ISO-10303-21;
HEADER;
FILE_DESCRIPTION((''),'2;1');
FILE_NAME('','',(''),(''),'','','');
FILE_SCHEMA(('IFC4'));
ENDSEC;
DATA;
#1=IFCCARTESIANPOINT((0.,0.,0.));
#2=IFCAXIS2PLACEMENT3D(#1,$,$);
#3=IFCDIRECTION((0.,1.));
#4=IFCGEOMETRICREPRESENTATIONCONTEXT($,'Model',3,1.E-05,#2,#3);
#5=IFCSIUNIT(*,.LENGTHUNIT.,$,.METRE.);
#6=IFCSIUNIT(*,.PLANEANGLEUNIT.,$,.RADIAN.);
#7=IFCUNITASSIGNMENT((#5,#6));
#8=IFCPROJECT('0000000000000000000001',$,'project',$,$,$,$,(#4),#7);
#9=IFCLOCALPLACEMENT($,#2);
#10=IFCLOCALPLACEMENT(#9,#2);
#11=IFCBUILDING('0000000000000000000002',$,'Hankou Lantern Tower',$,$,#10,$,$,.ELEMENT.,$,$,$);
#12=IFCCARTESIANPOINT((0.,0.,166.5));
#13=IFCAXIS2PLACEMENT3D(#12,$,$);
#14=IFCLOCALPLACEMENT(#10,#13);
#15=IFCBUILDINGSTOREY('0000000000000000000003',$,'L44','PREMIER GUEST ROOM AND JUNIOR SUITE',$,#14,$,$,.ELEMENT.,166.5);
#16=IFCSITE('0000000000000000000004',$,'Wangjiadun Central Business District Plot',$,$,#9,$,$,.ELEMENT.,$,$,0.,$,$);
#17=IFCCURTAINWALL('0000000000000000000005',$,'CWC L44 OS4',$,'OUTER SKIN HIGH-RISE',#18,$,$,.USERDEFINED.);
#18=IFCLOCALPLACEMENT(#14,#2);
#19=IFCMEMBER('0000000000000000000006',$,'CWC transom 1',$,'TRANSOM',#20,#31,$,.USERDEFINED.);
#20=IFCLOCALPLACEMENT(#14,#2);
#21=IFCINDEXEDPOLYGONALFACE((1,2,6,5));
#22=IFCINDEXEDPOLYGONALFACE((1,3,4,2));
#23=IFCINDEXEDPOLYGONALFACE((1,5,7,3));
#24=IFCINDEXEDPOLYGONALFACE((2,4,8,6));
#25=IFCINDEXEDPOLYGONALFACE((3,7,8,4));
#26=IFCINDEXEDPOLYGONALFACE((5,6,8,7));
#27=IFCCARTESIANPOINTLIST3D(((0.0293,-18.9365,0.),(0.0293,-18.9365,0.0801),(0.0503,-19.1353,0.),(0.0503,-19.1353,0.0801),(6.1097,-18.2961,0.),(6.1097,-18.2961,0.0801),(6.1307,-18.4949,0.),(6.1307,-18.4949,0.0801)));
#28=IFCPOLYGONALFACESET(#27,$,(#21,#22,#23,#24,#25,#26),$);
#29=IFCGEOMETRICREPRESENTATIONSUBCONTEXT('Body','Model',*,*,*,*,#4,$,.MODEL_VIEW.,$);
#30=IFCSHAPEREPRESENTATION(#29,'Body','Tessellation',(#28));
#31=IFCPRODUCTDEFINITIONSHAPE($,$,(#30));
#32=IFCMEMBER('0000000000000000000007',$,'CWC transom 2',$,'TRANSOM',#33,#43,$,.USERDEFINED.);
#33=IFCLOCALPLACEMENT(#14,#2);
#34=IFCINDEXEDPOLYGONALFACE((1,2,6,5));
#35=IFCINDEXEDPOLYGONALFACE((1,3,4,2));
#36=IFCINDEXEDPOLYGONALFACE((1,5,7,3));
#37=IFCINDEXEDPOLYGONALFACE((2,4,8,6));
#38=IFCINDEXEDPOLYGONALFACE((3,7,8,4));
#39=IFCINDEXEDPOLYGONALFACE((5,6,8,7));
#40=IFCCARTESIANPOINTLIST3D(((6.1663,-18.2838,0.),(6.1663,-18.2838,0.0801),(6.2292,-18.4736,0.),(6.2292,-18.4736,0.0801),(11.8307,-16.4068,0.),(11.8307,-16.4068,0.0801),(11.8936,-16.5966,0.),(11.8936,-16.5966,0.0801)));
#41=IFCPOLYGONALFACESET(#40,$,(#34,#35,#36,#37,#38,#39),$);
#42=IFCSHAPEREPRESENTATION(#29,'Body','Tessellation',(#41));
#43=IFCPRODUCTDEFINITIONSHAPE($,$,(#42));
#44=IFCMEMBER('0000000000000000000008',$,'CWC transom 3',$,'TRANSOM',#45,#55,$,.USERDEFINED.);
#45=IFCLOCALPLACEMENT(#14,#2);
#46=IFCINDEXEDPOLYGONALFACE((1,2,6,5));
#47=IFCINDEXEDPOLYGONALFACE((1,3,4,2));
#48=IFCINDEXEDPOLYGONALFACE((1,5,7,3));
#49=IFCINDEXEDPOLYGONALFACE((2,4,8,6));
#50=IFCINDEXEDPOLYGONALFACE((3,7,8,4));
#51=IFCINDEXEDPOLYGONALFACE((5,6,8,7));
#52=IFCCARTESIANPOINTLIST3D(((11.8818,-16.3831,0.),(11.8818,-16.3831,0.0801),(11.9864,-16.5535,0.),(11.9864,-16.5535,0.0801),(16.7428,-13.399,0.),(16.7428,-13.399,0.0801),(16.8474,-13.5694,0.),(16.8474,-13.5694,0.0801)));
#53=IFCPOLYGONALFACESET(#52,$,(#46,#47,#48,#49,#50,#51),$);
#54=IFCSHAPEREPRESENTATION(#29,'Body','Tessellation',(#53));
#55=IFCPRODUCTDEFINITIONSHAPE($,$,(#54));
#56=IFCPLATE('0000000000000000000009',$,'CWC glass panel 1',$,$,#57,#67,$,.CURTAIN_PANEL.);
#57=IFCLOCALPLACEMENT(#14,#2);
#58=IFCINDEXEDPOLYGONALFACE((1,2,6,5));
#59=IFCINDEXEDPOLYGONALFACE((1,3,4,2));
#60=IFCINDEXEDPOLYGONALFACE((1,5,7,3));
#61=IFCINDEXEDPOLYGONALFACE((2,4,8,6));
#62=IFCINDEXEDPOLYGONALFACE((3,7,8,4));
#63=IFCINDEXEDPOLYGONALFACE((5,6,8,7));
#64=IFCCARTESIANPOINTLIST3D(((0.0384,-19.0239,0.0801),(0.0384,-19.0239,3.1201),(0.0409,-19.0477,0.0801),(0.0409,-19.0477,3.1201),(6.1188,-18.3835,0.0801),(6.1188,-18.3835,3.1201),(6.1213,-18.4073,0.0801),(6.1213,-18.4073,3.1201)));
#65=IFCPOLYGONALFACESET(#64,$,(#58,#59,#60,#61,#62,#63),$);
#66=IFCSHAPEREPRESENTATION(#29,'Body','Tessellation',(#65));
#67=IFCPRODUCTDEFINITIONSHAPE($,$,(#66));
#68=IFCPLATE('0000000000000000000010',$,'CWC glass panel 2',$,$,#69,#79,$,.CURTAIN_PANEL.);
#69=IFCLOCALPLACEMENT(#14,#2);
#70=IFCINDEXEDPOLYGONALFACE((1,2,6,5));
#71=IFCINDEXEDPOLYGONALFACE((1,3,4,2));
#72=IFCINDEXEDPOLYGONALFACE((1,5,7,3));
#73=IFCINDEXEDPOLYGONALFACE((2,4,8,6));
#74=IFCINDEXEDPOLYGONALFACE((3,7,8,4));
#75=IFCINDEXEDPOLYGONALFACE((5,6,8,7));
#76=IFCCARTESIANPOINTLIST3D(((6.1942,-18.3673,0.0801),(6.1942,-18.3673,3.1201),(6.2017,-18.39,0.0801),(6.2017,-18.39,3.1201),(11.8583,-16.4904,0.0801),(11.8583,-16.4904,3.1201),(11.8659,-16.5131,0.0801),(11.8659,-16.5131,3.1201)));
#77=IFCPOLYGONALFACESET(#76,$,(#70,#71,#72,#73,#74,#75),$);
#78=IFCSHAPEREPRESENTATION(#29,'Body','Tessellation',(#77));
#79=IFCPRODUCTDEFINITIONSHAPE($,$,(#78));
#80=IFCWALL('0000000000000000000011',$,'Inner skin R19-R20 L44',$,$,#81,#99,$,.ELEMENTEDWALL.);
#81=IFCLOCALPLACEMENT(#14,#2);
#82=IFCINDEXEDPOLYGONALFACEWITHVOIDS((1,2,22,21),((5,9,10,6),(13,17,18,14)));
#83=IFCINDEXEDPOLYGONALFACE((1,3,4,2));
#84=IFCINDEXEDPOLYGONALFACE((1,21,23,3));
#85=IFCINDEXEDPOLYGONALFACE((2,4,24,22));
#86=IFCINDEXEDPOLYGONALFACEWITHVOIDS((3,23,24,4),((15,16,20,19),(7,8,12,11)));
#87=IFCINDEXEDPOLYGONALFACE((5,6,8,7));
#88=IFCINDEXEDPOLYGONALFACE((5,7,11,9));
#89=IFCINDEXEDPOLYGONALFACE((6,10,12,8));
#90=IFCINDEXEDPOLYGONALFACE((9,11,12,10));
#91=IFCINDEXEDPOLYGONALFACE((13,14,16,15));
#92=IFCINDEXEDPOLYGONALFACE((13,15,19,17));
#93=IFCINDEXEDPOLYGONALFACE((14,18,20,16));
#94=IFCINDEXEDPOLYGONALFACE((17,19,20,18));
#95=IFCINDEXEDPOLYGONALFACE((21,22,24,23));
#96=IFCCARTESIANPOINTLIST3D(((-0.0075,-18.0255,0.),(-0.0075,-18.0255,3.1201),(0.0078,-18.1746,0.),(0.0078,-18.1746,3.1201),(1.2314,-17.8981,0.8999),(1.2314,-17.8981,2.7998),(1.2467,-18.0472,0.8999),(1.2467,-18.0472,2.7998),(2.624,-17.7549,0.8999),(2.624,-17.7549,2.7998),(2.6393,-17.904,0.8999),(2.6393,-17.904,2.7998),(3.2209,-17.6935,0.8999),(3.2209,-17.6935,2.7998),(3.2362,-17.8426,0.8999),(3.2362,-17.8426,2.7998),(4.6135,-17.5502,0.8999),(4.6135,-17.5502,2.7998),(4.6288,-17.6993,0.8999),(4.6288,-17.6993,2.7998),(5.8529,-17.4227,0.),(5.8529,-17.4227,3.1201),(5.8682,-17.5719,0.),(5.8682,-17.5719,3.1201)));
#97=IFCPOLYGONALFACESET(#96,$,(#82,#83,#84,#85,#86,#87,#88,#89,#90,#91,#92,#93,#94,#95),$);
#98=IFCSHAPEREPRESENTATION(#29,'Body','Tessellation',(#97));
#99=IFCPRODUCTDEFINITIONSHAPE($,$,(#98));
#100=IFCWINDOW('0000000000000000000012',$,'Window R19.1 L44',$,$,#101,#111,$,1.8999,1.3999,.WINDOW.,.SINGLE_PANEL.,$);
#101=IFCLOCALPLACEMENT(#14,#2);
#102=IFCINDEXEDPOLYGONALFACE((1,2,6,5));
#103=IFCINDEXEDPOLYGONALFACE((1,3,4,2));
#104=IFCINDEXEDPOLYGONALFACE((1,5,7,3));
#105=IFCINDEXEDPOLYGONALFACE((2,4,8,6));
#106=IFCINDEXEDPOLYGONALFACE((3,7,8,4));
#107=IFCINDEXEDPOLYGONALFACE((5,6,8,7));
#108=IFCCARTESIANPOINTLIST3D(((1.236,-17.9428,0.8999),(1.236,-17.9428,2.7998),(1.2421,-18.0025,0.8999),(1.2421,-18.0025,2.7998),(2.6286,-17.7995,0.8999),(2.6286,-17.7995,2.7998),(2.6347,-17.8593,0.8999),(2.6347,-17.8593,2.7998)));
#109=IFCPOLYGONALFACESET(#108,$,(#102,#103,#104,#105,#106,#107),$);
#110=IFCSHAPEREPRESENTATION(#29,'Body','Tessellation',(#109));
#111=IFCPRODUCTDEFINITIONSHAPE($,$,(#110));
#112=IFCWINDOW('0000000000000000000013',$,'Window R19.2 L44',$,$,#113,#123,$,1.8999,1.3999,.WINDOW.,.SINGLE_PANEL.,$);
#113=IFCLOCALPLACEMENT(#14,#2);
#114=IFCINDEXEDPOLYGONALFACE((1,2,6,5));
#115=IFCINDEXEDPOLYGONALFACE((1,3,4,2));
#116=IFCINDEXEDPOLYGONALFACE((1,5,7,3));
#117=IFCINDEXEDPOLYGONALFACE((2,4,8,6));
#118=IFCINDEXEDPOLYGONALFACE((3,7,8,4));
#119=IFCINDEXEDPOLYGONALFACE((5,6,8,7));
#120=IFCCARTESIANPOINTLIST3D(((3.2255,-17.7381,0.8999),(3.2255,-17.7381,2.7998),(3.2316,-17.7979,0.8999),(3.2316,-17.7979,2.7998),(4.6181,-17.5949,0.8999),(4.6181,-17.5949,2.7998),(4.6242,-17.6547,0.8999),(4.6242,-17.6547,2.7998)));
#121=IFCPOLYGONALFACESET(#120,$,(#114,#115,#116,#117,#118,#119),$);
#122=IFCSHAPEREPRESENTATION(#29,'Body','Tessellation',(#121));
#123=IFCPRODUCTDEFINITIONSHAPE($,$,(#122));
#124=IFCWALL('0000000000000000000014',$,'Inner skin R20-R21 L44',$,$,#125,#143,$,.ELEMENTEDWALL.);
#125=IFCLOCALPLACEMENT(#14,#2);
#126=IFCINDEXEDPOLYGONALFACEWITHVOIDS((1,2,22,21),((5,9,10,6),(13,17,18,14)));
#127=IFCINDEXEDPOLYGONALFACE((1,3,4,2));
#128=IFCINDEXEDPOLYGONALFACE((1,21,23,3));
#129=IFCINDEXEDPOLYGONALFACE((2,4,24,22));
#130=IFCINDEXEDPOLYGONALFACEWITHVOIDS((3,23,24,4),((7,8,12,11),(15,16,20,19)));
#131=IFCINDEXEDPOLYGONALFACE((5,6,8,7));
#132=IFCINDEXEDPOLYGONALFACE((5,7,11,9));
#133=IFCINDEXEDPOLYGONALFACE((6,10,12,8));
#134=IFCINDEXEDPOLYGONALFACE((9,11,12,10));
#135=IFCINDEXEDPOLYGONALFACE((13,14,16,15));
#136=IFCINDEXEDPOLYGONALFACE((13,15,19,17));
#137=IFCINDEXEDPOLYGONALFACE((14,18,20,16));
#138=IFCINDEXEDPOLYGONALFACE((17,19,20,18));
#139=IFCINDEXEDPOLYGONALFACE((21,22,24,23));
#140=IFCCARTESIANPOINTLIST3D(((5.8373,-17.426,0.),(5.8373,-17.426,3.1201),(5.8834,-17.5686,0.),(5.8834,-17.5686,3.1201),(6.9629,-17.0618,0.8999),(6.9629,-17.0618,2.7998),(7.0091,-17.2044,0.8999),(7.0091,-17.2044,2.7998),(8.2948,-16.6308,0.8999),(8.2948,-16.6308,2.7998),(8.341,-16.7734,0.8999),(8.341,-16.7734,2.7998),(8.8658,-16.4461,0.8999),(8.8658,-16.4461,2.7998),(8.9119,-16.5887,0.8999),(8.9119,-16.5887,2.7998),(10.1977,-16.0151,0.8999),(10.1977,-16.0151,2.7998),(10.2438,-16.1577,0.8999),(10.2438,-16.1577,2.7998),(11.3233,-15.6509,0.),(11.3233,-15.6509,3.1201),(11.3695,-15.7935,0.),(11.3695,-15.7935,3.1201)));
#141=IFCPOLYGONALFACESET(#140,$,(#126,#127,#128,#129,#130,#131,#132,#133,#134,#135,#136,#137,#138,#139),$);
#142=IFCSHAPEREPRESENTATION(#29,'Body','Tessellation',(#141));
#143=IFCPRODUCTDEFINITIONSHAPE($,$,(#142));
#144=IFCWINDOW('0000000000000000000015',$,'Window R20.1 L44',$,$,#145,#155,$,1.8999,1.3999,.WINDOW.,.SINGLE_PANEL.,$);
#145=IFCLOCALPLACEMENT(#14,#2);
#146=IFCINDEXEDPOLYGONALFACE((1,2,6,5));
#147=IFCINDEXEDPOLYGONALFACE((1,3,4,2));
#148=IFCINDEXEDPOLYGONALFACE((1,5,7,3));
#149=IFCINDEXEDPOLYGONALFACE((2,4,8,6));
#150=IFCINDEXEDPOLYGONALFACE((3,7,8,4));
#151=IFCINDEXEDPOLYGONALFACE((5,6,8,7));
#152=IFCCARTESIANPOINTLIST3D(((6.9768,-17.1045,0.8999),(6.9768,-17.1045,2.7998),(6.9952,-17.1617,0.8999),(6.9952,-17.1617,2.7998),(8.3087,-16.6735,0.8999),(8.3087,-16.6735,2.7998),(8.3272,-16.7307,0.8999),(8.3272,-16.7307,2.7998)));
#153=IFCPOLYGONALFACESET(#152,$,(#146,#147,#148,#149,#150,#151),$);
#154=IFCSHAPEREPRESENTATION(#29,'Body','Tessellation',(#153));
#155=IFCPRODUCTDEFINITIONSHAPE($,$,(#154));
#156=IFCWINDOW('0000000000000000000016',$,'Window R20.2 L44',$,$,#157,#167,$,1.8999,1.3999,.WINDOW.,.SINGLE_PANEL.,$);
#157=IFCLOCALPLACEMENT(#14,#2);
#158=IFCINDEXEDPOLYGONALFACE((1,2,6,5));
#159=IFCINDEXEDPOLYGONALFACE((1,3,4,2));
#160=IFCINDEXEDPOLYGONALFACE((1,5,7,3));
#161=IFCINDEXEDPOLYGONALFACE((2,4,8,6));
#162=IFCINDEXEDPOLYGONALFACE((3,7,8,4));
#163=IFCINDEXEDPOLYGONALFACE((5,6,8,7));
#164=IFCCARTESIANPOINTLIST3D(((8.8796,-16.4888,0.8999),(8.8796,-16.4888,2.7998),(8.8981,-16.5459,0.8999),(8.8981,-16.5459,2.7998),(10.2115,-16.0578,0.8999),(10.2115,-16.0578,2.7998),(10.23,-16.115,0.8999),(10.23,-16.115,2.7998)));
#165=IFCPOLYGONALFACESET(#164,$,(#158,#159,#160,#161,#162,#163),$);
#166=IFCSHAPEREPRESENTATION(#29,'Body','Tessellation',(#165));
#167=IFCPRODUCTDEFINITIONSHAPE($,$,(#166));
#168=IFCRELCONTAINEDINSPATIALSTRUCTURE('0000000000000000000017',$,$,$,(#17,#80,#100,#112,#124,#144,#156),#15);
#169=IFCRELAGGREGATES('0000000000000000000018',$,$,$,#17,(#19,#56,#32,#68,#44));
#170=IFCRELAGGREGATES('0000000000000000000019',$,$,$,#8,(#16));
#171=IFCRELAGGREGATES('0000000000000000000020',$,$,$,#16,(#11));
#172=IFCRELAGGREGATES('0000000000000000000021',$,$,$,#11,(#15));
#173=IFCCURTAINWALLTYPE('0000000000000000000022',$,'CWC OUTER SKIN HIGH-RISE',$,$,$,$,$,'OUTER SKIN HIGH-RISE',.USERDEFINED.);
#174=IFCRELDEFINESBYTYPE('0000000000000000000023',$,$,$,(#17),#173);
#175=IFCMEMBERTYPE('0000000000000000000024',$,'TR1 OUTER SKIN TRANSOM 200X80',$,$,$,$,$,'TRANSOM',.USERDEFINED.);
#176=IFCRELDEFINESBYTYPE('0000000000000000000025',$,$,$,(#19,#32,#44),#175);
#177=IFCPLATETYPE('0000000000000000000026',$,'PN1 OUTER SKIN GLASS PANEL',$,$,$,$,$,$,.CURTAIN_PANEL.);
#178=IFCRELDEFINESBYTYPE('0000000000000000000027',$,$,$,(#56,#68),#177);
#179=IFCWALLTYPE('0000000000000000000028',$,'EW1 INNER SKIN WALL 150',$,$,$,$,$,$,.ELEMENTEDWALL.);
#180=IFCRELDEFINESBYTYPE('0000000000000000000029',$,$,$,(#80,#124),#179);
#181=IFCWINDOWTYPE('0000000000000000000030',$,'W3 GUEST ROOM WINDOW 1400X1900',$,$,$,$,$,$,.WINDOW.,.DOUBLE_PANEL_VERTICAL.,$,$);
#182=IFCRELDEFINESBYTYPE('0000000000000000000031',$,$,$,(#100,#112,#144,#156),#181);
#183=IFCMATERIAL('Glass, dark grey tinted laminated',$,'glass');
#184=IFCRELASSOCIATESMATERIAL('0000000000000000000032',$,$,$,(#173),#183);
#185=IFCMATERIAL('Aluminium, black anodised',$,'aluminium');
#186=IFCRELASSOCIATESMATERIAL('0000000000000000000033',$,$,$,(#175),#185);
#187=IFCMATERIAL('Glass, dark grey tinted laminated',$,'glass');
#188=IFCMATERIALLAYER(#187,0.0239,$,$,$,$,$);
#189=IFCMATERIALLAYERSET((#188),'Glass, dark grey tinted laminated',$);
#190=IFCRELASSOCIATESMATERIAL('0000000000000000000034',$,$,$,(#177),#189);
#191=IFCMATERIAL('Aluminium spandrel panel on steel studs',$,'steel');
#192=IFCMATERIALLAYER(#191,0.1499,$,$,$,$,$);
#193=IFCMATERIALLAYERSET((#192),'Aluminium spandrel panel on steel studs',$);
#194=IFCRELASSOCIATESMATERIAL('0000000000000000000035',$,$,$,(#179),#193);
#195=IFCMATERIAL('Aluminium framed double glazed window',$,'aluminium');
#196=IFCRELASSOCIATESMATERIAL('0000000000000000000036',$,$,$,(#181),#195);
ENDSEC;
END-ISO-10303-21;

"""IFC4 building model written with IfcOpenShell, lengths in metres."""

from ifc_helpers import new_model, si_unit, direction, frame, frame_2d, origin, origin_2d, place, context, subcontext, project, spatial, rectangle, extrude, material, layer, layer_set, material_profile, profile_set, type_object, element, fill, aggregate, save


model = new_model("IFC4")

# Units and contexts
model_context = context("Model", 3, precision=1e-05, world=origin(), true_north=direction((0.0, 1.0)))
body_context = subcontext(model_context, "Body", "Model", "MODEL_VIEW")
ifc_project = project(units=[si_unit("LENGTHUNIT", "METRE"), si_unit("PLANEANGLEUNIT", "RADIAN")], contexts=[model_context])

# Site, building, storey
site_placement = place(None, origin())
site = spatial("IfcSite", under=ifc_project, at=site_placement, Name="Wangjiadun Central Business District Plot", CompositionType="ELEMENT", RefElevation=0.0)
building_placement = place(site_placement, origin())
building = spatial("IfcBuilding", under=site, at=building_placement, Name="Hankou Lantern Tower", CompositionType="ELEMENT")
storey_placement = place(building_placement, frame((0.0, 0.0, 166.5)))
storey = spatial("IfcBuildingStorey", under=building, at=storey_placement, Name="L44", Description="PREMIER GUEST ROOM AND JUNIOR SUITE", CompositionType="ELEMENT", Elevation=166.5)

# Curtain wall
ifc_material_1 = material(Name="Glass, dark grey tinted laminated", Category="glass")
curtain_wall_type = type_object("IfcCurtainWallType", Name="CWC OUTER SKIN HIGH-RISE", ElementType="OUTER SKIN HIGH-RISE", PredefinedType="USERDEFINED", material=ifc_material_1)
curtain_wall_placement = place(storey_placement, origin())
curtain_wall = element("IfcCurtainWall", 1, at=curtain_wall_placement, inside=storey, type_object=curtain_wall_type, Name="CWC L44 OS4", ObjectType="OUTER SKIN HIGH-RISE", PredefinedType="USERDEFINED")

# Members
ifc_material_2 = material(Name="Aluminium, black anodised", Category="aluminium")
ifc_material_profile_1 = material_profile(ifc_material_2, rectangle(XDim=0.2, YDim=0.0801, at=origin_2d()), Name="TR1 200X80")
ifc_profile_set_1 = profile_set([ifc_material_profile_1], Name="Aluminium, black anodised")
member_type_1 = type_object("IfcMemberType", Name="TR1 OUTER SKIN TRANSOM 200X80", ElementType="TRANSOM", PredefinedType="USERDEFINED", material=ifc_profile_set_1)
member_1_placement = place(storey_placement, frame((0.0398, -19.0359, 0.04), z_axis=(0.9945, 0.104741, 0.0), x_axis=(-0.104741, 0.9945, 0.0)))
member_1 = element("IfcMember", 2, at=member_1_placement, type_object=member_type_1, Name="CWC transom 1", ObjectType="TRANSOM", PredefinedType="USERDEFINED", context=body_context, shape_type="SweptSolid", body=[
    extrude(rectangle(XDim=0.2, YDim=0.0801, at=origin_2d()), origin(), (0.0, 0.0, 1.0), 6.114),
])
member_2_placement = place(storey_placement, frame((6.1978, -18.3787, 0.04), z_axis=(0.949242, 0.314546, 0.0), x_axis=(-0.314546, 0.949242, 0.0)))
member_2 = element("IfcMember", 3, at=member_2_placement, type_object=member_type_1, Name="CWC transom 2", ObjectType="TRANSOM", PredefinedType="USERDEFINED", context=body_context, shape_type="SweptSolid", body=[
    extrude(rectangle(XDim=0.2, YDim=0.0801, at=origin_2d()), origin(), (0.0, 0.0, 1.0), 5.9673),
])
member_3_placement = place(storey_placement, frame((11.9341, -16.4683, 0.04), z_axis=(0.852229, 0.523168, 0.0), x_axis=(-0.523168, 0.852229, 0.0)))
member_3 = element("IfcMember", 4, at=member_3_placement, type_object=member_type_1, Name="CWC transom 3", ObjectType="TRANSOM", PredefinedType="USERDEFINED", context=body_context, shape_type="SweptSolid", body=[
    extrude(rectangle(XDim=0.2, YDim=0.0801, at=origin_2d()), origin(), (0.0, 0.0, 1.0), 5.7039),
])

# Plates
ifc_material_3 = material(Name="Glass, dark grey tinted laminated", Category="glass")
ifc_layer_1 = layer(ifc_material_3, 0.0239)
ifc_layer_set_1 = layer_set([ifc_layer_1], Name="Glass, dark grey tinted laminated")
plate_type = type_object("IfcPlateType", Name="PN1 OUTER SKIN GLASS PANEL", PredefinedType="CURTAIN_PANEL", material=ifc_layer_set_1)
plate_1_placement = place(storey_placement, frame((3.0798, -18.7156, 0.0801), z_axis=(0.0, 0.0, 1.0), x_axis=(0.994499, 0.104743, 0.0)))
plate_1 = element("IfcPlate", 5, at=plate_1_placement, type_object=plate_type, Name="CWC glass panel 1", PredefinedType="CURTAIN_PANEL", context=body_context, shape_type="SweptSolid", body=[
    extrude(rectangle(XDim=6.114, YDim=0.0239, at=origin_2d()), origin(), (0.0, 0.0, 1.0), 3.04),
])
plate_2_placement = place(storey_placement, frame((9.03, -17.4402, 0.0801), z_axis=(0.0, 0.0, 1.0), x_axis=(0.949241, 0.314551, 0.0)))
plate_2 = element("IfcPlate", 6, at=plate_2_placement, type_object=plate_type, Name="CWC glass panel 2", PredefinedType="CURTAIN_PANEL", context=body_context, shape_type="SweptSolid", body=[
    extrude(rectangle(XDim=5.967, YDim=0.0239, at=origin_2d()), origin(), (0.0, 0.0, 1.0), 3.04),
])
aggregate(curtain_wall, [member_1, plate_1, member_2, plate_2, member_3])

# Walls, openings, windows
ifc_material_4 = material(Name="Aluminium spandrel panel on steel studs", Category="steel")
ifc_layer_2 = layer(ifc_material_4, 0.1499)
ifc_layer_set_2 = layer_set([ifc_layer_2], Name="Aluminium spandrel panel on steel studs")
wall_type_1 = type_object("IfcWallType", Name="EW1 INNER SKIN WALL 150", PredefinedType="ELEMENTEDWALL", material=ifc_layer_set_2)
wall_1_placement = place(storey_placement, frame((0.0, -18.1001, 0.0), z_axis=(0.0, 0.0, 1.0), x_axis=(0.994752, 0.102318, 0.0)))
wall_1 = element("IfcWall", 7, at=wall_1_placement, inside=storey, type_object=wall_type_1, Name="Inner skin R19-R20 L44", PredefinedType="ELEMENTEDWALL", context=body_context, shape_type="SweptSolid", body=[
    extrude(rectangle(XDim=5.8914, YDim=0.1499, at=frame_2d((2.9458, 0.0))), origin(), (0.0, 0.0, 1.0), 3.1201),
])
opening_1_placement = place(wall_1_placement, frame((1.2456, 0.0, 0.8999)))
opening_1 = element("IfcOpeningElement", 8, at=opening_1_placement, cuts=wall_1, PredefinedType="OPENING", context=body_context, shape_type="SweptSolid", body=[
    extrude(rectangle(XDim=1.3999, YDim=1.8999, at=frame_2d((0.7, 0.95))), frame((0.0, 0.085, 0.0), z_axis=(0.0, -1.0, 0.0), x_axis=(1.0, 0.0, 0.0)), (0.0, 0.0, 1.0), 0.1699),
])
opening_2_placement = place(wall_1_placement, frame((3.2456, 0.0, 0.8999)))
opening_2 = element("IfcOpeningElement", 9, at=opening_2_placement, cuts=wall_1, PredefinedType="OPENING", context=body_context, shape_type="SweptSolid", body=[
    extrude(rectangle(XDim=1.3999, YDim=1.8999, at=frame_2d((0.7, 0.95))), frame((0.0, 0.085, 0.0), z_axis=(0.0, -1.0, 0.0), x_axis=(1.0, 0.0, 0.0)), (0.0, 0.0, 1.0), 0.1699),
])
ifc_material_5 = material(Name="Aluminium framed double glazed window", Category="aluminium")
window_type = type_object("IfcWindowType", Name="W3 GUEST ROOM WINDOW 1400X1900", PartitioningType="DOUBLE_PANEL_VERTICAL", PredefinedType="WINDOW", material=ifc_material_5)
window_1_placement = place(opening_1_placement, origin())
window_1 = element("IfcWindow", 10, at=window_1_placement, inside=storey, type_object=window_type, Name="Window R19.1 L44", OverallHeight=1.8999, OverallWidth=1.3999, PartitioningType="SINGLE_PANEL", PredefinedType="WINDOW", context=body_context, shape_type="SweptSolid", body=[
    extrude(rectangle(XDim=1.3999, YDim=1.8999, at=frame_2d((0.7, 0.95))), frame((0.0, 0.03, 0.0), z_axis=(0.0, -1.0, 0.0), x_axis=(1.0, 0.0, 0.0)), (0.0, 0.0, 1.0), 0.0601),
])
fill(opening_1, window_1)
window_2_placement = place(opening_2_placement, origin())
window_2 = element("IfcWindow", 11, at=window_2_placement, inside=storey, type_object=window_type, Name="Window R19.2 L44", OverallHeight=1.8999, OverallWidth=1.3999, PartitioningType="SINGLE_PANEL", PredefinedType="WINDOW", context=body_context, shape_type="SweptSolid", body=[
    extrude(rectangle(XDim=1.3999, YDim=1.8999, at=frame_2d((0.7, 0.95))), frame((0.0, 0.03, 0.0), z_axis=(0.0, -1.0, 0.0), x_axis=(1.0, 0.0, 0.0)), (0.0, 0.0, 1.0), 0.0601),
])
fill(opening_2, window_2)
wall_2_placement = place(storey_placement, frame((5.8604, -17.4973, 0.0), z_axis=(0.0, 0.0, 1.0), x_axis=(0.951432, 0.307857, 0.0)))
wall_2 = element("IfcWall", 12, at=wall_2_placement, inside=storey, type_object=wall_type_1, Name="Inner skin R20-R21 L44", PredefinedType="ELEMENTEDWALL", context=body_context, shape_type="SweptSolid", body=[
    extrude(rectangle(XDim=5.7661, YDim=0.1499, at=frame_2d((2.8831, 0.0))), origin(), (0.0, 0.0, 1.0), 3.1201),
])
opening_3_placement = place(wall_2_placement, frame((1.1831, 0.0, 0.8999)))
opening_3 = element("IfcOpeningElement", 13, at=opening_3_placement, cuts=wall_2, PredefinedType="OPENING", context=body_context, shape_type="SweptSolid", body=[
    extrude(rectangle(XDim=1.3999, YDim=1.8999, at=frame_2d((0.7, 0.95))), frame((0.0, 0.085, 0.0), z_axis=(0.0, -1.0, 0.0), x_axis=(1.0, 0.0, 0.0)), (0.0, 0.0, 1.0), 0.1699),
])
opening_4_placement = place(wall_2_placement, frame((3.1831, 0.0, 0.8999)))
opening_4 = element("IfcOpeningElement", 14, at=opening_4_placement, cuts=wall_2, PredefinedType="OPENING", context=body_context, shape_type="SweptSolid", body=[
    extrude(rectangle(XDim=1.3999, YDim=1.8999, at=frame_2d((0.7, 0.95))), frame((0.0, 0.085, 0.0), z_axis=(0.0, -1.0, 0.0), x_axis=(1.0, 0.0, 0.0)), (0.0, 0.0, 1.0), 0.1699),
])
window_3_placement = place(opening_3_placement, origin())
window_3 = element("IfcWindow", 15, at=window_3_placement, inside=storey, type_object=window_type, Name="Window R20.1 L44", OverallHeight=1.8999, OverallWidth=1.3999, PartitioningType="SINGLE_PANEL", PredefinedType="WINDOW", context=body_context, shape_type="SweptSolid", body=[
    extrude(rectangle(XDim=1.3999, YDim=1.8999, at=frame_2d((0.7, 0.95))), frame((0.0, 0.03, 0.0), z_axis=(0.0, -1.0, 0.0), x_axis=(1.0, 0.0, 0.0)), (0.0, 0.0, 1.0), 0.0601),
])
fill(opening_3, window_3)
window_4_placement = place(opening_4_placement, origin())
window_4 = element("IfcWindow", 16, at=window_4_placement, inside=storey, type_object=window_type, Name="Window R20.2 L44", OverallHeight=1.8999, OverallWidth=1.3999, PartitioningType="SINGLE_PANEL", PredefinedType="WINDOW", context=body_context, shape_type="SweptSolid", body=[
    extrude(rectangle(XDim=1.3999, YDim=1.8999, at=frame_2d((0.7, 0.95))), frame((0.0, 0.03, 0.0), z_axis=(0.0, -1.0, 0.0), x_axis=(1.0, 0.0, 0.0)), (0.0, 0.0, 1.0), 0.0601),
])
fill(opening_4, window_4)

save(model, "model.ifc")
